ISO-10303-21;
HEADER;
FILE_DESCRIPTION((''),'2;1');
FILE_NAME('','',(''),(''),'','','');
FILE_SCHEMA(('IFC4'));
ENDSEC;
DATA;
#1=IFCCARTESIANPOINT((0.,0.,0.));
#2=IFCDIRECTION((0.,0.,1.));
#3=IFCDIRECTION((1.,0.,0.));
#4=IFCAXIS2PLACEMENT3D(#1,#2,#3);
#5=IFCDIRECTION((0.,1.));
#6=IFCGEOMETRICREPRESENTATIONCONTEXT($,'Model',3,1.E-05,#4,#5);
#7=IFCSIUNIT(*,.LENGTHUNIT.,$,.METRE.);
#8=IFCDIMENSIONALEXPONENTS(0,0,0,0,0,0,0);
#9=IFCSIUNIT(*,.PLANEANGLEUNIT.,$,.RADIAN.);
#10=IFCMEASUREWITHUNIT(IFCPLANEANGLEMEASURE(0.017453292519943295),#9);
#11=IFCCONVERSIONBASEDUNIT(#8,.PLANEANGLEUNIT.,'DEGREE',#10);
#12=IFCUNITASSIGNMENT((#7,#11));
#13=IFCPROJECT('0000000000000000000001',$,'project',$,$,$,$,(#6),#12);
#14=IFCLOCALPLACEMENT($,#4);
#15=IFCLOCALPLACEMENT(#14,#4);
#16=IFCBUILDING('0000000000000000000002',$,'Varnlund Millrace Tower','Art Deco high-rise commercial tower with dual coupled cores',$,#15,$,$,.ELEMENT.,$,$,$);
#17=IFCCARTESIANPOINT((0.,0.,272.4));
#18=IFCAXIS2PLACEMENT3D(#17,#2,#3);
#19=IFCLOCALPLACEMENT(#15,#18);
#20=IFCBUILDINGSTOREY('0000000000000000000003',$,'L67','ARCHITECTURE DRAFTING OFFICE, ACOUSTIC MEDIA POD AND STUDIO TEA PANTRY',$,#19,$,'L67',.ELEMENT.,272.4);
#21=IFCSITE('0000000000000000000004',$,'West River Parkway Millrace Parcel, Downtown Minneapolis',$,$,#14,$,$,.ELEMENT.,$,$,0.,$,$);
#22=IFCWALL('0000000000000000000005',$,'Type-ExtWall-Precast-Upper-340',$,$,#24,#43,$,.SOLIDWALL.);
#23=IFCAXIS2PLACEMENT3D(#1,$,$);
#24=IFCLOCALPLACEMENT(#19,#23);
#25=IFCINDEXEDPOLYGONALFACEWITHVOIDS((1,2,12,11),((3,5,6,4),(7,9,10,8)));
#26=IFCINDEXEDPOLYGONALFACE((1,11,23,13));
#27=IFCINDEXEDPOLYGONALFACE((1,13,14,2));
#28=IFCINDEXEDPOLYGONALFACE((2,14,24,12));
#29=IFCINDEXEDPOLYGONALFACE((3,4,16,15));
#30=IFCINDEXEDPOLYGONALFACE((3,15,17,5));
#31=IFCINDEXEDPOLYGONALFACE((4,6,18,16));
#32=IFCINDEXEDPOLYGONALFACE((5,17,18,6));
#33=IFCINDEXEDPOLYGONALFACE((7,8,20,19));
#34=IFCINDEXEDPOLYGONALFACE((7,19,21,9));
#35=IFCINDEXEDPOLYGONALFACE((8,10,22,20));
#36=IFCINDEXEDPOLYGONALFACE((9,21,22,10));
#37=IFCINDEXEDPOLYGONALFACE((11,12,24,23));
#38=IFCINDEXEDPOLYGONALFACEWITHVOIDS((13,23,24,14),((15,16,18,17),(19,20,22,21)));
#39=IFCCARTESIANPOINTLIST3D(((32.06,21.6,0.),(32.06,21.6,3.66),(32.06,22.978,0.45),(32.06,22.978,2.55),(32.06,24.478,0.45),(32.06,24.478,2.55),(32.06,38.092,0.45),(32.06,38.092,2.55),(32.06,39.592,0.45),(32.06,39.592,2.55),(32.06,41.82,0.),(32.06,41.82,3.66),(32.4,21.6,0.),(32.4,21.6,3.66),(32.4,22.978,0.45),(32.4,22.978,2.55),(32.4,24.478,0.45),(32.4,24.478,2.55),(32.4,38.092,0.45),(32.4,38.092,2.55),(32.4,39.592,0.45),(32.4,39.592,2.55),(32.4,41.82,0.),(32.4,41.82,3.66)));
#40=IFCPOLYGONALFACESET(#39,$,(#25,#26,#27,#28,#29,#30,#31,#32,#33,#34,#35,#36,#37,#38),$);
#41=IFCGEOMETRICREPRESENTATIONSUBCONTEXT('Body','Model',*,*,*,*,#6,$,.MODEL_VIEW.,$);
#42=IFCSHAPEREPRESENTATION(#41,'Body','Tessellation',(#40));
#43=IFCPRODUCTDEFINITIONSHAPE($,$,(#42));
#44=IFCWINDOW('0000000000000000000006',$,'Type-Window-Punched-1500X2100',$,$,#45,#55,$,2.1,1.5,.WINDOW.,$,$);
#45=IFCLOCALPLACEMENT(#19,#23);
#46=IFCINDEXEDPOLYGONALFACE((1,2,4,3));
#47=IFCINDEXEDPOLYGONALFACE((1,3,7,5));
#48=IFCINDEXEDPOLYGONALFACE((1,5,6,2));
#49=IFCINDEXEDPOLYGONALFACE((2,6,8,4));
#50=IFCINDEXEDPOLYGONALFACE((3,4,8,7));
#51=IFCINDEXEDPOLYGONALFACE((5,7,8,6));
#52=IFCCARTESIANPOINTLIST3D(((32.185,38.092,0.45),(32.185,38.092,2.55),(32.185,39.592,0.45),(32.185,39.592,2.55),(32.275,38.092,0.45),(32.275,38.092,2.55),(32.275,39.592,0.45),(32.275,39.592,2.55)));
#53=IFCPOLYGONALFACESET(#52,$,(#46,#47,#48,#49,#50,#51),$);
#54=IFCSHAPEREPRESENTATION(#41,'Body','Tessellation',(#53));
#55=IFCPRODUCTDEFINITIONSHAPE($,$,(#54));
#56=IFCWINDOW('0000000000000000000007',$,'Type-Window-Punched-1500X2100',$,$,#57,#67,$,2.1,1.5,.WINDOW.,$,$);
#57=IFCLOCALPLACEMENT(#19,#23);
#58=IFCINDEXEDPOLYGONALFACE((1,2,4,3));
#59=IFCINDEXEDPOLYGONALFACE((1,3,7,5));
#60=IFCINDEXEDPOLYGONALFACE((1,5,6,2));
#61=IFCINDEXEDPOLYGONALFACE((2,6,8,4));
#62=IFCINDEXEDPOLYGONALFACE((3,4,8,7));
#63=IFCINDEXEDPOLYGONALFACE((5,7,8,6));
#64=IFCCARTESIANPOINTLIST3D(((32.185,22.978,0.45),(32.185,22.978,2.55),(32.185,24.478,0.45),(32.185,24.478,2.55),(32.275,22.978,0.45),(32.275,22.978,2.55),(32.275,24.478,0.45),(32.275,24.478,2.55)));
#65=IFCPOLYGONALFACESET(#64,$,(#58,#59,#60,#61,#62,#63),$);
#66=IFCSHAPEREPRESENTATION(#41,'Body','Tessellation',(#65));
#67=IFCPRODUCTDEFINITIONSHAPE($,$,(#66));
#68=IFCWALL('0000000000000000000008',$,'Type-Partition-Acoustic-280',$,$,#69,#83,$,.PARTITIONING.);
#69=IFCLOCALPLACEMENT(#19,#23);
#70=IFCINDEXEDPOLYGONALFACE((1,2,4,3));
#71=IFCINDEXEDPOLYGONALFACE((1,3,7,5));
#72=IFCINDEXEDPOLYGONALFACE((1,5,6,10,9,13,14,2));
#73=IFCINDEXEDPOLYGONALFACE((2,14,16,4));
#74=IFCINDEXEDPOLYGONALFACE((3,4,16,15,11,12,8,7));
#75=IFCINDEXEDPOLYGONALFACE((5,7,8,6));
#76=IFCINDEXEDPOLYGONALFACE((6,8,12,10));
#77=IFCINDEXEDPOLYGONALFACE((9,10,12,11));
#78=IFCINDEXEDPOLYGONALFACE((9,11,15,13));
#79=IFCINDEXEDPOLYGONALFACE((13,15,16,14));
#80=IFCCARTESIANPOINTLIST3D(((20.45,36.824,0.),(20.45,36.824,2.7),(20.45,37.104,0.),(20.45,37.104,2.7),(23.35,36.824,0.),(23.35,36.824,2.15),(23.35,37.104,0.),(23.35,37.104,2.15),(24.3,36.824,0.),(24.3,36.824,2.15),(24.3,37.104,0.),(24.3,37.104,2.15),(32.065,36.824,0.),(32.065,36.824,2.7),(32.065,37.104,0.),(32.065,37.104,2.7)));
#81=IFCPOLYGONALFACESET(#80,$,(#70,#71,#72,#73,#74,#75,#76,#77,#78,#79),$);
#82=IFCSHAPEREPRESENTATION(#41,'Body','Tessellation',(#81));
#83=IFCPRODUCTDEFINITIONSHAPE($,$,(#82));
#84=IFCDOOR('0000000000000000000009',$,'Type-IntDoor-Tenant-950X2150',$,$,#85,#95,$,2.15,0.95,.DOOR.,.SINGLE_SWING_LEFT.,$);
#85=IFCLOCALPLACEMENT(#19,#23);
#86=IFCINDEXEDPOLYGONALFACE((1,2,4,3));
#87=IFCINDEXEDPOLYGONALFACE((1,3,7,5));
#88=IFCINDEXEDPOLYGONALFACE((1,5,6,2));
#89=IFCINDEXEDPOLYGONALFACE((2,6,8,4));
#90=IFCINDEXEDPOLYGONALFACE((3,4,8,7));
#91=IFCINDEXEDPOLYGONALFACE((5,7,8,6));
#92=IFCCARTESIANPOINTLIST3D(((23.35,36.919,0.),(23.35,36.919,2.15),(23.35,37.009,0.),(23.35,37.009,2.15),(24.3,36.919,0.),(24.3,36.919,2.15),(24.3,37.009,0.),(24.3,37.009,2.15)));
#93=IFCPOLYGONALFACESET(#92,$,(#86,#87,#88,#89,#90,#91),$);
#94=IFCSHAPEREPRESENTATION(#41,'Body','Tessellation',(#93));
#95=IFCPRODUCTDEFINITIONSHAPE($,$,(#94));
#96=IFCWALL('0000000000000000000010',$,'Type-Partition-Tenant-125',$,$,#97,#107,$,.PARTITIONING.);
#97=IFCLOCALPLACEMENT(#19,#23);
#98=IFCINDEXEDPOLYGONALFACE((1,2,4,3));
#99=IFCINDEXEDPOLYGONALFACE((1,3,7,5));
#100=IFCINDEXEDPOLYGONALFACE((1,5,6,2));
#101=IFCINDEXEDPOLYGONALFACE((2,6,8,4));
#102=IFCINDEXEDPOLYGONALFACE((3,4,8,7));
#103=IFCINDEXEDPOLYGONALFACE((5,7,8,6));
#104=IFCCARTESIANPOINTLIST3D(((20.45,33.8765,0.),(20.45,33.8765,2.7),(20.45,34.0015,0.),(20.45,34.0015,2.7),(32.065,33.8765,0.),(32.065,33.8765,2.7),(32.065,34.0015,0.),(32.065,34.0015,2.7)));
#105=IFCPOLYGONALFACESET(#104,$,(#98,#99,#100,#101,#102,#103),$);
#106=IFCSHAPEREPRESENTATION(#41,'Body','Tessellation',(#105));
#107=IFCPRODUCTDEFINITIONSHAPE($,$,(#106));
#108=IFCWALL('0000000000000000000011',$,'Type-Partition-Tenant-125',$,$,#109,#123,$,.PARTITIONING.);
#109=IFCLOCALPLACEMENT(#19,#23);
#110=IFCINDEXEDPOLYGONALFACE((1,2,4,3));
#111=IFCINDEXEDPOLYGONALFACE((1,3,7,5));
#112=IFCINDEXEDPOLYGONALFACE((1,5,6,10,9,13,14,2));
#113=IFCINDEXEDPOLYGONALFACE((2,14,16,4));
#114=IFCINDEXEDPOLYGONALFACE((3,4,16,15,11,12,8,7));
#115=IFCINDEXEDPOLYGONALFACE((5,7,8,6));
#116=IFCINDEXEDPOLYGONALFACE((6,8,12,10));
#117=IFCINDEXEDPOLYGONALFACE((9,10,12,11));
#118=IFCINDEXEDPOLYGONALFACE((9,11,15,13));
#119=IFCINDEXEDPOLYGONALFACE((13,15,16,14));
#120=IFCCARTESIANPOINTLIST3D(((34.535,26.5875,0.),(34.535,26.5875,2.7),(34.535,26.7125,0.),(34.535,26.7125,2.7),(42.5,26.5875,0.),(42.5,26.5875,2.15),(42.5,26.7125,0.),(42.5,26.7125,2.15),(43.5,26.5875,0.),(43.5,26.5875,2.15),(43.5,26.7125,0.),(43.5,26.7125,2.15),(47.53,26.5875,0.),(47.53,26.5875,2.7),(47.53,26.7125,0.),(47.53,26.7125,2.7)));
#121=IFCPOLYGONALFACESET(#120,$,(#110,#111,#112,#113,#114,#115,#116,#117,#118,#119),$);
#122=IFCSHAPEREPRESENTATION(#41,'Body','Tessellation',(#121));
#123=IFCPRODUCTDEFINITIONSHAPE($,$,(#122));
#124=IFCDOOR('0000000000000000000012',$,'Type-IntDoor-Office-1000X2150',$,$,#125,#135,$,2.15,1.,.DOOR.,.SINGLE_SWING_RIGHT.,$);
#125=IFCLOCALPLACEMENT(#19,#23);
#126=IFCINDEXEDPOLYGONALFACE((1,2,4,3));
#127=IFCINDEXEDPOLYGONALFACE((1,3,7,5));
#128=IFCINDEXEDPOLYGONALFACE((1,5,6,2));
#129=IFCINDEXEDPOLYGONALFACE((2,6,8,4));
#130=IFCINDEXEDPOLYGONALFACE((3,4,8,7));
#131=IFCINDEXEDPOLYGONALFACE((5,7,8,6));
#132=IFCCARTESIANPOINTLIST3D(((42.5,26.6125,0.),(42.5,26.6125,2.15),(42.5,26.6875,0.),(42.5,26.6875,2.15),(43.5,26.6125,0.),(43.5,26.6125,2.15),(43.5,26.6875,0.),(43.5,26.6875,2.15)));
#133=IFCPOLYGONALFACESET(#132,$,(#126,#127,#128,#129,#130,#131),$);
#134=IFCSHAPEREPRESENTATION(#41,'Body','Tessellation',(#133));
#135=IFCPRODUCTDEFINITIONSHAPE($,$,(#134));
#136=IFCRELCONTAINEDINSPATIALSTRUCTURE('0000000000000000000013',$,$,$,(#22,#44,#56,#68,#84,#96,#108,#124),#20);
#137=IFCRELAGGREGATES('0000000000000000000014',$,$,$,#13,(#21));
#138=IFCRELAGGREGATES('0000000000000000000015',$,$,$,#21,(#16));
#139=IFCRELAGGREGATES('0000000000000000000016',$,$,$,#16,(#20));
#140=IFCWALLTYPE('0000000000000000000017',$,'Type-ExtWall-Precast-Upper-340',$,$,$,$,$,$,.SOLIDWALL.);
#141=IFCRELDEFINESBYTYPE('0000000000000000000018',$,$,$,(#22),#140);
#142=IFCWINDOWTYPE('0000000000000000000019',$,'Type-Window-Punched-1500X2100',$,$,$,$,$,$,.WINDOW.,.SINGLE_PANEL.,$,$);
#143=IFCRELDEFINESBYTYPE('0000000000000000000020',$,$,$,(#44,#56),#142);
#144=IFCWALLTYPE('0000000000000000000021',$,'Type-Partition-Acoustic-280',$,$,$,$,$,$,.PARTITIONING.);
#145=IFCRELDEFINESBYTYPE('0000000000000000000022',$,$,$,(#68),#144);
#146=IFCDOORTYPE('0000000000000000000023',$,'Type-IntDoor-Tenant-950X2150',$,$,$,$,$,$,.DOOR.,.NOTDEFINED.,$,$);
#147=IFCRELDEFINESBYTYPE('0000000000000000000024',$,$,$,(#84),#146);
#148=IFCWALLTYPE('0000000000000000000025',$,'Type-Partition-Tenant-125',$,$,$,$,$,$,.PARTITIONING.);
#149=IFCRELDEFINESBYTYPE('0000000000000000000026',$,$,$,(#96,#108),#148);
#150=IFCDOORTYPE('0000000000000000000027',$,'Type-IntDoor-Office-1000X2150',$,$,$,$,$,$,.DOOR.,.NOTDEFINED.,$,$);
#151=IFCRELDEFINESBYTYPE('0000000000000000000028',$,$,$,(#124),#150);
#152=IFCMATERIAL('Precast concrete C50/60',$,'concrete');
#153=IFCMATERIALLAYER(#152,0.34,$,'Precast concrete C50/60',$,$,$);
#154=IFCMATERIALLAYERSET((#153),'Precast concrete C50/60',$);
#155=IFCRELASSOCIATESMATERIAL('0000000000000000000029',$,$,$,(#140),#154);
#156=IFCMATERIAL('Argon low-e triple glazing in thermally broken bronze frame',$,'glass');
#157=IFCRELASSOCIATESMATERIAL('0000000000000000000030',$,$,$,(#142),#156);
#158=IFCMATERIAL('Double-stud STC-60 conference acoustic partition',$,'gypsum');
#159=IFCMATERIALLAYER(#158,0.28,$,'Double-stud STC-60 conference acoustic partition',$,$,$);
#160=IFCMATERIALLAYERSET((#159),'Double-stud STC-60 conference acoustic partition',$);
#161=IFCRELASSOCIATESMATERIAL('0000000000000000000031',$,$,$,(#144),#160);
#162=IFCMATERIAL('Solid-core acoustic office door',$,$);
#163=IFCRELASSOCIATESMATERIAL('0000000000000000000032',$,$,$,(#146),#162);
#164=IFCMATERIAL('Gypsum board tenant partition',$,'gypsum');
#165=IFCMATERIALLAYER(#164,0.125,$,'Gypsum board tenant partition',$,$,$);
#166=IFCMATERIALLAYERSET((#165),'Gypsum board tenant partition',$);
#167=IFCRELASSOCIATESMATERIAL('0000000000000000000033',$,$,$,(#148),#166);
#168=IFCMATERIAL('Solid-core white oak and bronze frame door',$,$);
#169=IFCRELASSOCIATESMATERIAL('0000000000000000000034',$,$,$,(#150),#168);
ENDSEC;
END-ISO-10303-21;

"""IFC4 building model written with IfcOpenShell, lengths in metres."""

from ifc_helpers import new_model, entity, si_unit, converted_unit, direction, frame, origin_with_axes, origin_2d_with_axis, place, context, subcontext, project, spatial, polyline, rectangle, outline, extrude, material, layer, layer_set, type_object, element, fill, save


model = new_model("IFC4")

# Units and contexts
model_context = context("Model", 3, precision=1e-05, world=origin_with_axes(), true_north=direction((0.0, 1.0)))
body_context = subcontext(model_context, "Body", "Model", "MODEL_VIEW")
ifc_project = project(units=[si_unit("LENGTHUNIT", "METRE"), converted_unit("PLANEANGLEUNIT", "DEGREE", entity("IfcPlaneAngleMeasure", 0.017453292519943295), si_unit("PLANEANGLEUNIT", "RADIAN"), dimensions=[0, 0, 0, 0, 0, 0, 0])], contexts=[model_context])

# Site, building, storey
site_placement = place(None, origin_with_axes())
site = spatial("IfcSite", under=ifc_project, at=site_placement, Name="West River Parkway Millrace Parcel, Downtown Minneapolis", CompositionType="ELEMENT", RefElevation=0.0)
building_placement = place(site_placement, origin_with_axes())
building = spatial("IfcBuilding", under=site, at=building_placement, Name="Varnlund Millrace Tower", Description="Art Deco high-rise commercial tower with dual coupled cores", CompositionType="ELEMENT")
storey_placement = place(building_placement, frame((0.0, 0.0, 272.4), z_axis=(0.0, 0.0, 1.0), x_axis=(1.0, 0.0, 0.0)))
storey = spatial("IfcBuildingStorey", under=building, at=storey_placement, Name="L67", Description="ARCHITECTURE DRAFTING OFFICE, ACOUSTIC MEDIA POD AND STUDIO TEA PANTRY", LongName="L67", CompositionType="ELEMENT", Elevation=272.4)

# Shared definitions
ifc_material_1 = material(Name="Precast concrete C50/60", Category="concrete")
ifc_layer_1 = layer(ifc_material_1, 0.34, Name="Precast concrete C50/60")
ifc_layer_set_1 = layer_set([ifc_layer_1], Name="Precast concrete C50/60")
wall_type_1 = type_object("IfcWallType", Name="Type-ExtWall-Precast-Upper-340", PredefinedType="SOLIDWALL", material=ifc_layer_set_1)
ifc_material_2 = material(Name="Argon low-e triple glazing in thermally broken bronze frame", Category="glass")
window_type = type_object("IfcWindowType", Name="Type-Window-Punched-1500X2100", PartitioningType="SINGLE_PANEL", PredefinedType="WINDOW", material=ifc_material_2)

# Wall, openings, windows
wall_1_placement = place(storey_placement, frame((32.23, 41.82, 0.0), z_axis=(0.0, 0.0, 1.0), x_axis=(0.0, -1.0, 0.0)))
wall_1 = element("IfcWall", 1, at=wall_1_placement, inside=storey, type_object=wall_type_1, Name="Type-ExtWall-Precast-Upper-340", PredefinedType="SOLIDWALL", context=body_context, shape_type="SweptSolid", body=[
    extrude(outline(polyline([(0.0, -0.17), (20.22, -0.17), (20.22, 0.17), (0.0, 0.17), (0.0, -0.17)])), origin_with_axes(), (0.0, 0.0, 1.0), 3.66),
])
opening_1_placement = place(wall_1_placement, frame((2.978, 0.0, 0.45), z_axis=(0.0, 0.0, 1.0), x_axis=(1.0, 0.0, 0.0)))
opening_1 = element("IfcOpeningElement", 2, at=opening_1_placement, cuts=wall_1, PredefinedType="OPENING", context=body_context, shape_type="SweptSolid", body=[
    extrude(rectangle(XDim=1.5, YDim=0.36, at=origin_2d_with_axis()), origin_with_axes(), (0.0, 0.0, 1.0), 2.1),
])
opening_2_placement = place(wall_1_placement, frame((18.092, 0.0, 0.45), z_axis=(0.0, 0.0, 1.0), x_axis=(1.0, 0.0, 0.0)))
opening_2 = element("IfcOpeningElement", 3, at=opening_2_placement, cuts=wall_1, PredefinedType="OPENING", context=body_context, shape_type="SweptSolid", body=[
    extrude(rectangle(XDim=1.5, YDim=0.36, at=origin_2d_with_axis()), origin_with_axes(), (0.0, 0.0, 1.0), 2.1),
])
window_1_placement = place(wall_1_placement, frame((2.978, 0.0, 0.45), z_axis=(0.0, 0.0, 1.0), x_axis=(1.0, 0.0, 0.0)))
window_1 = element("IfcWindow", 4, at=window_1_placement, inside=storey, type_object=window_type, Name="Type-Window-Punched-1500X2100", OverallHeight=2.1, OverallWidth=1.5, PredefinedType="WINDOW", context=body_context, shape_type="SweptSolid", body=[
    extrude(rectangle(XDim=1.5, YDim=0.09, at=origin_2d_with_axis()), origin_with_axes(), (0.0, 0.0, 1.0), 2.1),
])
fill(opening_1, window_1)
window_2_placement = place(wall_1_placement, frame((18.092, 0.0, 0.45), z_axis=(0.0, 0.0, 1.0), x_axis=(1.0, 0.0, 0.0)))
window_2 = element("IfcWindow", 5, at=window_2_placement, inside=storey, type_object=window_type, Name="Type-Window-Punched-1500X2100", OverallHeight=2.1, OverallWidth=1.5, PredefinedType="WINDOW", context=body_context, shape_type="SweptSolid", body=[
    extrude(rectangle(XDim=1.5, YDim=0.09, at=origin_2d_with_axis()), origin_with_axes(), (0.0, 0.0, 1.0), 2.1),
])
fill(opening_2, window_2)

# Wall, opening, door
ifc_material_3 = material(Name="Double-stud STC-60 conference acoustic partition", Category="gypsum")
ifc_layer_2 = layer(ifc_material_3, 0.28, Name="Double-stud STC-60 conference acoustic partition")
ifc_layer_set_2 = layer_set([ifc_layer_2], Name="Double-stud STC-60 conference acoustic partition")
wall_type_2 = type_object("IfcWallType", Name="Type-Partition-Acoustic-280", PredefinedType="PARTITIONING", material=ifc_layer_set_2)
wall_2_placement = place(storey_placement, frame((20.45, 36.964, 0.0), z_axis=(0.0, 0.0, 1.0), x_axis=(1.0, 0.0, 0.0)))
wall_2 = element("IfcWall", 6, at=wall_2_placement, inside=storey, type_object=wall_type_2, Name="Type-Partition-Acoustic-280", PredefinedType="PARTITIONING", context=body_context, shape_type="SweptSolid", body=[
    extrude(outline(polyline([(0.0, -0.14), (11.615, -0.14), (11.615, 0.14), (0.0, 0.14), (0.0, -0.14)])), origin_with_axes(), (0.0, 0.0, 1.0), 2.7),
])
opening_3_placement = place(wall_2_placement, frame((3.375, 0.0, 0.0), z_axis=(0.0, 0.0, 1.0), x_axis=(1.0, 0.0, 0.0)))
opening_3 = element("IfcOpeningElement", 7, at=opening_3_placement, cuts=wall_2, PredefinedType="OPENING", context=body_context, shape_type="SweptSolid", body=[
    extrude(rectangle(XDim=0.95, YDim=0.3, at=origin_2d_with_axis()), origin_with_axes(), (0.0, 0.0, 1.0), 2.15),
])
ifc_material_4 = material(Name="Solid-core acoustic office door")
door_type_1 = type_object("IfcDoorType", Name="Type-IntDoor-Tenant-950X2150", OperationType="NOTDEFINED", PredefinedType="DOOR", material=ifc_material_4)
door_1_placement = place(wall_2_placement, frame((3.375, 0.0, 0.0), z_axis=(0.0, 0.0, 1.0), x_axis=(1.0, 0.0, 0.0)))
door_1 = element("IfcDoor", 8, at=door_1_placement, inside=storey, type_object=door_type_1, Name="Type-IntDoor-Tenant-950X2150", OperationType="SINGLE_SWING_LEFT", OverallHeight=2.15, OverallWidth=0.95, PredefinedType="DOOR", context=body_context, shape_type="SweptSolid", body=[
    extrude(rectangle(XDim=0.95, YDim=0.09, at=origin_2d_with_axis()), origin_with_axes(), (0.0, 0.0, 1.0), 2.15),
])
fill(opening_3, door_1)

# Wall
ifc_material_5 = material(Name="Gypsum board tenant partition", Category="gypsum")
ifc_layer_3 = layer(ifc_material_5, 0.125, Name="Gypsum board tenant partition")
ifc_layer_set_3 = layer_set([ifc_layer_3], Name="Gypsum board tenant partition")
wall_type_3 = type_object("IfcWallType", Name="Type-Partition-Tenant-125", PredefinedType="PARTITIONING", material=ifc_layer_set_3)
wall_3_placement = place(storey_placement, frame((20.45, 33.939, 0.0), z_axis=(0.0, 0.0, 1.0), x_axis=(1.0, 0.0, 0.0)))
element("IfcWall", 9, at=wall_3_placement, inside=storey, type_object=wall_type_3, Name="Type-Partition-Tenant-125", PredefinedType="PARTITIONING", context=body_context, shape_type="SweptSolid", body=[
    extrude(outline(polyline([(0.0, -0.0625), (11.615, -0.0625), (11.615, 0.0625), (0.0, 0.0625), (0.0, -0.0625)])), origin_with_axes(), (0.0, 0.0, 1.0), 2.7),
])

# Wall, opening, door
wall_4_placement = place(storey_placement, frame((34.535, 26.65, 0.0), z_axis=(0.0, 0.0, 1.0), x_axis=(1.0, 0.0, 0.0)))
wall_4 = element("IfcWall", 10, at=wall_4_placement, inside=storey, type_object=wall_type_3, Name="Type-Partition-Tenant-125", PredefinedType="PARTITIONING", context=body_context, shape_type="SweptSolid", body=[
    extrude(outline(polyline([(0.0, -0.0625), (12.995, -0.0625), (12.995, 0.0625), (0.0, 0.0625), (0.0, -0.0625)])), origin_with_axes(), (0.0, 0.0, 1.0), 2.7),
])
opening_4_placement = place(wall_4_placement, frame((8.465, 0.0, 0.0), z_axis=(0.0, 0.0, 1.0), x_axis=(1.0, 0.0, 0.0)))
opening_4 = element("IfcOpeningElement", 11, at=opening_4_placement, cuts=wall_4, PredefinedType="OPENING", context=body_context, shape_type="SweptSolid", body=[
    extrude(rectangle(XDim=1.0, YDim=0.145, at=origin_2d_with_axis()), origin_with_axes(), (0.0, 0.0, 1.0), 2.15),
])
ifc_material_6 = material(Name="Solid-core white oak and bronze frame door")
door_type_2 = type_object("IfcDoorType", Name="Type-IntDoor-Office-1000X2150", OperationType="NOTDEFINED", PredefinedType="DOOR", material=ifc_material_6)
door_2_placement = place(wall_4_placement, frame((8.465, 0.0, 0.0), z_axis=(0.0, 0.0, 1.0), x_axis=(1.0, 0.0, 0.0)))
door_2 = element("IfcDoor", 12, at=door_2_placement, inside=storey, type_object=door_type_2, Name="Type-IntDoor-Office-1000X2150", OperationType="SINGLE_SWING_RIGHT", OverallHeight=2.15, OverallWidth=1.0, PredefinedType="DOOR", context=body_context, shape_type="SweptSolid", body=[
    extrude(rectangle(XDim=1.0, YDim=0.075, at=origin_2d_with_axis()), origin_with_axes(), (0.0, 0.0, 1.0), 2.15),
])
fill(opening_4, door_2)

save(model, "model.ifc")
